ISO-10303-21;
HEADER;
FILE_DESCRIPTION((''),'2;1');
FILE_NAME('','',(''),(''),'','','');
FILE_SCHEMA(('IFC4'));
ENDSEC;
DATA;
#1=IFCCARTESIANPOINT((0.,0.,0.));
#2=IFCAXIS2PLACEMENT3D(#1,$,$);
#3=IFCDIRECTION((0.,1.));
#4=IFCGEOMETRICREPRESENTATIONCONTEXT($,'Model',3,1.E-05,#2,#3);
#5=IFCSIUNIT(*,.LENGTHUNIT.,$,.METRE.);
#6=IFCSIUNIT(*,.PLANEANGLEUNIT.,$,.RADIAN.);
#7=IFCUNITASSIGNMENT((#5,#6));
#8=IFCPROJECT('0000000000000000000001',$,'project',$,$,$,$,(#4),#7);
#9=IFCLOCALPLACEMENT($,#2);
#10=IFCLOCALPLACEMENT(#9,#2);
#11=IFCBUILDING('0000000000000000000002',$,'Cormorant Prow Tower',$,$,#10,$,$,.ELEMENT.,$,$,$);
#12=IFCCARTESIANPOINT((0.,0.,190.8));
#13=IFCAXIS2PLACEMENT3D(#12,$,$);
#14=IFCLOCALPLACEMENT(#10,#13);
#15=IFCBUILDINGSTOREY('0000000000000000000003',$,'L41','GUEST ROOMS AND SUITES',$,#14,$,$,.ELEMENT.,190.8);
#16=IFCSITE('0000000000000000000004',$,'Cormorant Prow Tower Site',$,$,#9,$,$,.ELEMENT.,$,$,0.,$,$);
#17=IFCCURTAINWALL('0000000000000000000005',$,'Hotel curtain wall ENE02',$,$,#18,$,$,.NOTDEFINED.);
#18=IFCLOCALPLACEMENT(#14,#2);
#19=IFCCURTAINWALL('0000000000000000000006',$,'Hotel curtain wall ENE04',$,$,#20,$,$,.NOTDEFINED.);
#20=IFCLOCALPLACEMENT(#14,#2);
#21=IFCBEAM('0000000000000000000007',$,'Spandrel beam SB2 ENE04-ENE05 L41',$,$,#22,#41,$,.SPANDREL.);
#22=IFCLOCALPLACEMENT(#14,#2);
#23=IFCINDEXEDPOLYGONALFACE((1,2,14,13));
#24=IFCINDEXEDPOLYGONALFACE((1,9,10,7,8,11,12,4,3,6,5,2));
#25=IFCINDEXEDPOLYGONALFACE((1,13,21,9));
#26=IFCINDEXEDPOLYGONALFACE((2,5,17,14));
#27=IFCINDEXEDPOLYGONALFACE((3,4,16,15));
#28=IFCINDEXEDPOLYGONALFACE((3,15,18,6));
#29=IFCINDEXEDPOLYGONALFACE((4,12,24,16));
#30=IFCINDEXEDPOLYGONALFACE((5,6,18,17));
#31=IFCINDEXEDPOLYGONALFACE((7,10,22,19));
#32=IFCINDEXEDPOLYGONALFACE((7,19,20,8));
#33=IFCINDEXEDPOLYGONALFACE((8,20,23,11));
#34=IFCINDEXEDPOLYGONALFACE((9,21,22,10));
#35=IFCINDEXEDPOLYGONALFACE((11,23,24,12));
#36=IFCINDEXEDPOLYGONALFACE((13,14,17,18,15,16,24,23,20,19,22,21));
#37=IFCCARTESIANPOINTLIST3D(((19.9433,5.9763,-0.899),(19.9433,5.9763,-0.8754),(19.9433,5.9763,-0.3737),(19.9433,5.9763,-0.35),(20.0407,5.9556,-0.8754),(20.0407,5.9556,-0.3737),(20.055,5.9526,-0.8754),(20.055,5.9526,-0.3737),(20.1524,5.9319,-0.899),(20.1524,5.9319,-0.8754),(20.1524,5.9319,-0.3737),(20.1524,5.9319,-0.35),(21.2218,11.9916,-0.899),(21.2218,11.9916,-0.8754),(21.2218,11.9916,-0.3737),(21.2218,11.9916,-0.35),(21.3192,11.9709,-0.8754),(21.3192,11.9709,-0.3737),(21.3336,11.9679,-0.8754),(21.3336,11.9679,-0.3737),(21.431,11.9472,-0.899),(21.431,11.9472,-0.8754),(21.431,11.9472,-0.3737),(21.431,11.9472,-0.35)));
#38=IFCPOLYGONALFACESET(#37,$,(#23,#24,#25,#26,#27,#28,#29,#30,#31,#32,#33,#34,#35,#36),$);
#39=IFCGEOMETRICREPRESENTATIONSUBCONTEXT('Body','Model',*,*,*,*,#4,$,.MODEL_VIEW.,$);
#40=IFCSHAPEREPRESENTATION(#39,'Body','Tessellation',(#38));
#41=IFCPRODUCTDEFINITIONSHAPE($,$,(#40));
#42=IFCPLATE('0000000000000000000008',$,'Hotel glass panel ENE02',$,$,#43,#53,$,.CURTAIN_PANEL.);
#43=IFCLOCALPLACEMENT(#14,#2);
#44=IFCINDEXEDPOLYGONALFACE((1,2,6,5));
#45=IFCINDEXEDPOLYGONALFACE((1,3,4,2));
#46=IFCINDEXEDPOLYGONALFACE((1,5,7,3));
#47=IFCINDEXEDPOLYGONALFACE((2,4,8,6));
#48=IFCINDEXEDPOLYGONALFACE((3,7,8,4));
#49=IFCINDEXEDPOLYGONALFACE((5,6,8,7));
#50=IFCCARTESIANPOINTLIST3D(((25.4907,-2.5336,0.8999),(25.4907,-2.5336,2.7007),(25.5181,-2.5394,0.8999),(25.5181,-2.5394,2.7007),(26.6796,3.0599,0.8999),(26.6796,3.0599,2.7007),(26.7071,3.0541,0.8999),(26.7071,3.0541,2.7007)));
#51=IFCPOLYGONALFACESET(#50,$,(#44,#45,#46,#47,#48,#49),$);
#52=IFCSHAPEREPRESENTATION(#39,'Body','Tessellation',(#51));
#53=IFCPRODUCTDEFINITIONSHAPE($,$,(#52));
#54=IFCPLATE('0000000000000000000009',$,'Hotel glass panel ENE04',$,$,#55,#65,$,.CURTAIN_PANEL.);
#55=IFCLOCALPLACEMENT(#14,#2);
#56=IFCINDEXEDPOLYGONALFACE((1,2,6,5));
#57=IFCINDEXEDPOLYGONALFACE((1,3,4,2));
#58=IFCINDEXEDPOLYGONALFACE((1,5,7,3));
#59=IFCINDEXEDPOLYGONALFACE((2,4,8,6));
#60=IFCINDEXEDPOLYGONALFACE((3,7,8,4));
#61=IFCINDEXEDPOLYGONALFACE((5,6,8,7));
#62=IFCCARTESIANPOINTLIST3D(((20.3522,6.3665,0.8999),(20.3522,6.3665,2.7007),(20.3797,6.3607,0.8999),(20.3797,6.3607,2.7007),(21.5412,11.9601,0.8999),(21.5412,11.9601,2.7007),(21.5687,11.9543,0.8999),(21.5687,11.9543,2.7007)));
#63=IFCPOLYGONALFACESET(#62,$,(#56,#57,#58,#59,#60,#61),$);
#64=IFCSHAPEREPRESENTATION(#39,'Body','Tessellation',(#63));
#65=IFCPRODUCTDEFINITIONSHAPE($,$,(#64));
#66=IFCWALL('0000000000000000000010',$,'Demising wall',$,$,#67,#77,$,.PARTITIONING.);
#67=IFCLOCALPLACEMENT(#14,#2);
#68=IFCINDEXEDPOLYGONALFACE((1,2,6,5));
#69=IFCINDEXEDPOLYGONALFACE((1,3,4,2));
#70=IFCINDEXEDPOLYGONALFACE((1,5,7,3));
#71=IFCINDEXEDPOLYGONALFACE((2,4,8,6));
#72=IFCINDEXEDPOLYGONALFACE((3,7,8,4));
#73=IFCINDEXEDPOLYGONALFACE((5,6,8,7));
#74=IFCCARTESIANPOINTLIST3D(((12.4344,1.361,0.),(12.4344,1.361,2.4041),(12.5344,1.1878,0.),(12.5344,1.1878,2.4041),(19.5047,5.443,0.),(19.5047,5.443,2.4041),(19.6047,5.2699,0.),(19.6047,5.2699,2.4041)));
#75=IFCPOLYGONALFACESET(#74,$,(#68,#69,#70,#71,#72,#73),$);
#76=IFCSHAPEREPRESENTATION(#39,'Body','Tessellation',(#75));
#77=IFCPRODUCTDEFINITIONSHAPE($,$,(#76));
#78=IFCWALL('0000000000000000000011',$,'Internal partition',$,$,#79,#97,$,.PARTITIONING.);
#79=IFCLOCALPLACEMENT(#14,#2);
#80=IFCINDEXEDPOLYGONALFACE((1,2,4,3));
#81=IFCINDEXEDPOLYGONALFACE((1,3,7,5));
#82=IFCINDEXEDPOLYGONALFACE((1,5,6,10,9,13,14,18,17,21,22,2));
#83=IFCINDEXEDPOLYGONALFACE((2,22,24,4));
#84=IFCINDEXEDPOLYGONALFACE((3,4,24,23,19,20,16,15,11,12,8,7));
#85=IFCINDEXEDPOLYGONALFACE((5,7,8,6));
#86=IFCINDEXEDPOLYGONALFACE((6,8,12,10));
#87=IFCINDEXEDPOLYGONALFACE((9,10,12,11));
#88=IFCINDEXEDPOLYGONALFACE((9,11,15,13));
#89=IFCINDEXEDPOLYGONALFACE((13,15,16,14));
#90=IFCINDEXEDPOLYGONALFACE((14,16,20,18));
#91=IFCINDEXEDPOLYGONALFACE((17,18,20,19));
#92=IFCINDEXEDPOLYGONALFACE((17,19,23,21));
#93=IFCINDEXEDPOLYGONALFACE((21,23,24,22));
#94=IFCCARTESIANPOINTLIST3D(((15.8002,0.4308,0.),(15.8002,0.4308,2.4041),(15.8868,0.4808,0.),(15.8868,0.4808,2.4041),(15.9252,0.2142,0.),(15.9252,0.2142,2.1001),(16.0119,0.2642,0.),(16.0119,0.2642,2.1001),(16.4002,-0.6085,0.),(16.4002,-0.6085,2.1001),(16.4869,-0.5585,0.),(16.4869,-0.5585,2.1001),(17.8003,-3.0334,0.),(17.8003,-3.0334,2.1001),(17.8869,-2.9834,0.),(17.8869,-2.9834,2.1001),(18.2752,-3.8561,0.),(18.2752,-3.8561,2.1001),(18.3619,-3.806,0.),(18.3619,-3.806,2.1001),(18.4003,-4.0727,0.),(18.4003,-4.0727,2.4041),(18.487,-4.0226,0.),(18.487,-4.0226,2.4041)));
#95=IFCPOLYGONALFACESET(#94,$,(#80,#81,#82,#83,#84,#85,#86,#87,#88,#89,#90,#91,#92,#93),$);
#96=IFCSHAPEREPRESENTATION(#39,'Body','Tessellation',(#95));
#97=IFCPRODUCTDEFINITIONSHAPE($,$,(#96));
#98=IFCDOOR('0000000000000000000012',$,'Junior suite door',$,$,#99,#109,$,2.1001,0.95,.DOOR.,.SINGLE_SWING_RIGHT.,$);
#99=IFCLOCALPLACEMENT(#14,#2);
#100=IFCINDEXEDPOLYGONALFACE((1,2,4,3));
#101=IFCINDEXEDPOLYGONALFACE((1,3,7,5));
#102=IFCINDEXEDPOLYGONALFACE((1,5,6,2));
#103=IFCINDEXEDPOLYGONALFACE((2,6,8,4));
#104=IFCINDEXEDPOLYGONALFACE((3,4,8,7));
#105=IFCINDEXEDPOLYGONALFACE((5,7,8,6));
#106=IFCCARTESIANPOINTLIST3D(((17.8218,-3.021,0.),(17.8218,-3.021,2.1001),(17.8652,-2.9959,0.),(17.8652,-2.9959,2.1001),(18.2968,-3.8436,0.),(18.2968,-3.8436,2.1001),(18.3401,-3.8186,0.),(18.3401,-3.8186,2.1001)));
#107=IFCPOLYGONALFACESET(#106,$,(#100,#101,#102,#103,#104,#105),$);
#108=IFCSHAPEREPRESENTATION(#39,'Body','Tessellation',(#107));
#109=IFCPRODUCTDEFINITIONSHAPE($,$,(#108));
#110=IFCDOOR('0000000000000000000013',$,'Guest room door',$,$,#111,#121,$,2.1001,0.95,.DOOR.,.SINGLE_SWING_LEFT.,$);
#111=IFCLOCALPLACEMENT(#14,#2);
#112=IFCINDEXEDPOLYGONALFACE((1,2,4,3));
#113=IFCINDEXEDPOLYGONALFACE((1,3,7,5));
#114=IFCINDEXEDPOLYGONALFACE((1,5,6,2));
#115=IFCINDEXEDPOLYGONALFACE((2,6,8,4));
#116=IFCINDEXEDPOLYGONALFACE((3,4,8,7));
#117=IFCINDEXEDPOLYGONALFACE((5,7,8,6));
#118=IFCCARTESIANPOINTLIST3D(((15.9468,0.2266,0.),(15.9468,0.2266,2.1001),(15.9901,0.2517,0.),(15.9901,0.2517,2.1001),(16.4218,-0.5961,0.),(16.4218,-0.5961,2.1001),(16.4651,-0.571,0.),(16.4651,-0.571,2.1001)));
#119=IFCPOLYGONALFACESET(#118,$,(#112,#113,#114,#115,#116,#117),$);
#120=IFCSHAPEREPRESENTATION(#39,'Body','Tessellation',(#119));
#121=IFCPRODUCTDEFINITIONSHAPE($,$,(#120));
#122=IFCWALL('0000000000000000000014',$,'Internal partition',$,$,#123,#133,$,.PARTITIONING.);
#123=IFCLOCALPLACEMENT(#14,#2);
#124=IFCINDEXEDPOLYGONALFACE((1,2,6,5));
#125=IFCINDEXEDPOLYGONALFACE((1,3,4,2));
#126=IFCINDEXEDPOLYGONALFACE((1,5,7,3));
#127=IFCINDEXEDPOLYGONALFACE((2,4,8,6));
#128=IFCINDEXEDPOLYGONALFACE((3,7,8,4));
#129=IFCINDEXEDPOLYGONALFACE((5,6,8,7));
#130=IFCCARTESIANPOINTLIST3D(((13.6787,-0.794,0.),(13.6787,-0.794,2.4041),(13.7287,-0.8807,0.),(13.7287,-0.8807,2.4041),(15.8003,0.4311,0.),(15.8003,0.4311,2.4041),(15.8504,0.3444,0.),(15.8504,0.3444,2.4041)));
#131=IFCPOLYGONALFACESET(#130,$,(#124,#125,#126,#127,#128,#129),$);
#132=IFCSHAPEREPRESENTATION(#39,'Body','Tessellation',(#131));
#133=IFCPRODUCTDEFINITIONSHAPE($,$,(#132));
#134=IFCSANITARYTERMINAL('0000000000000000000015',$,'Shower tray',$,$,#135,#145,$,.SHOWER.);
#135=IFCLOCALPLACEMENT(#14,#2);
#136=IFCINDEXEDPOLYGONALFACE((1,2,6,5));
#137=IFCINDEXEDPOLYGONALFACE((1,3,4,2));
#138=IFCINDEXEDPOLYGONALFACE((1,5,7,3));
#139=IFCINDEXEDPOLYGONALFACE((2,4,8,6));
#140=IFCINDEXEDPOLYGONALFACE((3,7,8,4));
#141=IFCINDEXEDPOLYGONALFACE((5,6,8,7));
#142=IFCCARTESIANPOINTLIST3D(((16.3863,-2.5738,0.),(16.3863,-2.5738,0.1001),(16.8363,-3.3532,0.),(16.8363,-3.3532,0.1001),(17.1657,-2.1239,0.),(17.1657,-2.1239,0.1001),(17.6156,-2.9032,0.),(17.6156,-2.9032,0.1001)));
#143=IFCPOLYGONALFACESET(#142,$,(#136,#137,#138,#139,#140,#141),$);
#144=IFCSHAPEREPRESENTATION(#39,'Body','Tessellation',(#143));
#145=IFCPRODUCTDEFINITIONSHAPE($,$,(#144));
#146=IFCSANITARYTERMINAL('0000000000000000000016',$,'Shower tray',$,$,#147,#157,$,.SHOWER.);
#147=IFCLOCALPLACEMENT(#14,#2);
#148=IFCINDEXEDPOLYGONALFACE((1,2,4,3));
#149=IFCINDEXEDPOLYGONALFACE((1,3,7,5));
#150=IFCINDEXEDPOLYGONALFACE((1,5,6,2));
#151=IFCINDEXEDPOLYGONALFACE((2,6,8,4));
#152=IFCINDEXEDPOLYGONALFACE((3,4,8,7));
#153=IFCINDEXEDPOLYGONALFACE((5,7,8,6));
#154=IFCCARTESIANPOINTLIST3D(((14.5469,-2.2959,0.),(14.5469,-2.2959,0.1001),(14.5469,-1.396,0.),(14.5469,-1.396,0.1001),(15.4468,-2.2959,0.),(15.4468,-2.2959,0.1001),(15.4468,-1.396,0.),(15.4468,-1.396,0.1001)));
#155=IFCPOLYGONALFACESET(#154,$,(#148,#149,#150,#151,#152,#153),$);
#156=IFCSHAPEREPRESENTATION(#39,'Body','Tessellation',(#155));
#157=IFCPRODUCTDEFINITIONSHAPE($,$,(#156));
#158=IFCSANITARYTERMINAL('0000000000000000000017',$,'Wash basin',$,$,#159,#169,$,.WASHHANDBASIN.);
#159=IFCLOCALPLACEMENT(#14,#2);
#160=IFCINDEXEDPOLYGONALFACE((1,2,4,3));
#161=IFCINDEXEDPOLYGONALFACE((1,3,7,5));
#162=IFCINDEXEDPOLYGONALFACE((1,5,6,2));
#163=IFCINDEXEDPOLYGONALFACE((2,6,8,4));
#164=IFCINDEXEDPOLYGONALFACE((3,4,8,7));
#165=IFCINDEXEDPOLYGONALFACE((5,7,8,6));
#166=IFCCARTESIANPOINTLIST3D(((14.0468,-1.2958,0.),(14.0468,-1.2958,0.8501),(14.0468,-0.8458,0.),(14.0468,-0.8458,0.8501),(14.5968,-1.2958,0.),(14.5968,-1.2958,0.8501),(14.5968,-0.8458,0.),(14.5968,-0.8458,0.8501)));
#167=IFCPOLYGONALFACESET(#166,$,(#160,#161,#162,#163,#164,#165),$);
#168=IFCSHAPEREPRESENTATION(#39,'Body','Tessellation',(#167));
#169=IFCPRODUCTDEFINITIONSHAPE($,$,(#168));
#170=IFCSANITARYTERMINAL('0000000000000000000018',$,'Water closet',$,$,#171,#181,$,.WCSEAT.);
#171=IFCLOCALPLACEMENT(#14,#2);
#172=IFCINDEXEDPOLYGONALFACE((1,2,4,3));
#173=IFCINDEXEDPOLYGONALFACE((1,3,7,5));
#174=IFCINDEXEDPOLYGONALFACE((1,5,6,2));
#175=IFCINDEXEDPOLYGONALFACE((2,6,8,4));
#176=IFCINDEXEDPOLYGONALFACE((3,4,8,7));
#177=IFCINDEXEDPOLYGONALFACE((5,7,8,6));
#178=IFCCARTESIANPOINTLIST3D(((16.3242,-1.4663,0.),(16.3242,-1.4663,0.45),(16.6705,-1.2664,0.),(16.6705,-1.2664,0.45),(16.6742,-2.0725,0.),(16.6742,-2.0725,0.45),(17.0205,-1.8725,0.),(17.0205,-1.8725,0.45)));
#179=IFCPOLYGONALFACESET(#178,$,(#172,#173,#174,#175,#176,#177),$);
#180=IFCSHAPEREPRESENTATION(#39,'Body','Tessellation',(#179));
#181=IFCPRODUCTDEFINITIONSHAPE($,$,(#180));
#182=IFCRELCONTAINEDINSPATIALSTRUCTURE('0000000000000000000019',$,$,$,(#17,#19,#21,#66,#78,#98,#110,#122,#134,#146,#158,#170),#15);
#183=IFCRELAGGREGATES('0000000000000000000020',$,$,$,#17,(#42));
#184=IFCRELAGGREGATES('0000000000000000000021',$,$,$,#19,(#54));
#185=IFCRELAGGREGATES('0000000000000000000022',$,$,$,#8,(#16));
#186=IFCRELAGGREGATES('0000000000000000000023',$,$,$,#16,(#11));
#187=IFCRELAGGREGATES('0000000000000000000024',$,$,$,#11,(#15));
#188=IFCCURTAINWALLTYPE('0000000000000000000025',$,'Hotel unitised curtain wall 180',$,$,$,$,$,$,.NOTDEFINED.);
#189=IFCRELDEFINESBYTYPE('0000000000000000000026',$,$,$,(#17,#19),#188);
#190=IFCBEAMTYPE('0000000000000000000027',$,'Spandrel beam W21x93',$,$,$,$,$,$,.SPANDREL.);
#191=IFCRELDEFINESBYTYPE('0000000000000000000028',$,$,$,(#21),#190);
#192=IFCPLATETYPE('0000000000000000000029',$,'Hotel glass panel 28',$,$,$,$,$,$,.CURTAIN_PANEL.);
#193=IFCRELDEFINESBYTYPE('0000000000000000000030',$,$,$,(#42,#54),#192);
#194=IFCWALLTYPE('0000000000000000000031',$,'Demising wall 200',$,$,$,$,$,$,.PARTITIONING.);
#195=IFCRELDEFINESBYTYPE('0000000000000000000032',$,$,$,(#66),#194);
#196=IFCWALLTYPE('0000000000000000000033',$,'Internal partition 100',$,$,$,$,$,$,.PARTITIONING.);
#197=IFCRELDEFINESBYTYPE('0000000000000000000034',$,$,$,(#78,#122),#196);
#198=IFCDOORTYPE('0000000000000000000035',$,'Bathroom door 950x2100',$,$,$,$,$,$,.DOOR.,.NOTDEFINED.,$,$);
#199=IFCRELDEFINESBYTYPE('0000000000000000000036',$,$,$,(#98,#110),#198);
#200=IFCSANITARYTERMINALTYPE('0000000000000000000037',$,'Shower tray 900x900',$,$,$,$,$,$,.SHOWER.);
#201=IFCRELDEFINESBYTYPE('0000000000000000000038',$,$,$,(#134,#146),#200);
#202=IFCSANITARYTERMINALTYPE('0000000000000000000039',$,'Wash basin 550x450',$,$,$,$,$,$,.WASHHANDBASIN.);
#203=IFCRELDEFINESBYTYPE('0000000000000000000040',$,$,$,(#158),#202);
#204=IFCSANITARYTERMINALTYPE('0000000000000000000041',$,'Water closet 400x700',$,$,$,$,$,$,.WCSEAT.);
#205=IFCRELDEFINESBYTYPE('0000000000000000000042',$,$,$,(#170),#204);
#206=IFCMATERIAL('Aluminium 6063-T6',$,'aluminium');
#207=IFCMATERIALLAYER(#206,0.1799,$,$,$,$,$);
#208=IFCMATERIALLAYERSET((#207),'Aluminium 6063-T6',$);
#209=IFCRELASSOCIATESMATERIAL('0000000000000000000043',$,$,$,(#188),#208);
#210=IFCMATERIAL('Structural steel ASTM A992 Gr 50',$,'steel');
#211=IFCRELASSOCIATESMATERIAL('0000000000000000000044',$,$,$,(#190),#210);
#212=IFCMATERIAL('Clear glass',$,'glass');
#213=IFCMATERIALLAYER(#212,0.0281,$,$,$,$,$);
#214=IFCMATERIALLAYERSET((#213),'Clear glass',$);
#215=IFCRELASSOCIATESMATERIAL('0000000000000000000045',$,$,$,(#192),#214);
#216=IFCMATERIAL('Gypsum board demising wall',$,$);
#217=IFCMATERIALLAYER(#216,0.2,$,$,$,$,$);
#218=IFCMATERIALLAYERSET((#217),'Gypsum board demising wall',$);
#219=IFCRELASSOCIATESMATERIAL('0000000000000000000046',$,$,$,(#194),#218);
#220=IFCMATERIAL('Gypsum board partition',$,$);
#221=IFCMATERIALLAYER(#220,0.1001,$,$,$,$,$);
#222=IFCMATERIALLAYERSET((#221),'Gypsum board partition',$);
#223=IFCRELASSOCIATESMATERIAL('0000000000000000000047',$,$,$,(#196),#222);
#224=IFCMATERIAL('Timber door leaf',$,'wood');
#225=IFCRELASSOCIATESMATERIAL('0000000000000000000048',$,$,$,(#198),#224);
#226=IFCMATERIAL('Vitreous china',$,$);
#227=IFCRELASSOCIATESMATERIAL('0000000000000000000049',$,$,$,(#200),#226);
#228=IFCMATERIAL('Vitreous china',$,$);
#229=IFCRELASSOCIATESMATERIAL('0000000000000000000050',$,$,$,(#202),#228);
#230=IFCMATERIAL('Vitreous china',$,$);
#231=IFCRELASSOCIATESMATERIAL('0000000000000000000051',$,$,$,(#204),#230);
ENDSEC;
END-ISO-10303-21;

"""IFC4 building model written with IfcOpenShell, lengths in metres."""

from ifc_helpers import new_model, si_unit, direction, frame, frame_2d, origin, origin_2d, place, context, subcontext, project, spatial, rectangle, i_section, extrude, material, layer, layer_set, material_profile, profile_set, type_object, element, fill, aggregate, save


model = new_model("IFC4")

# Units and contexts
model_context = context("Model", 3, precision=1e-05, world=origin(), true_north=direction((0.0, 1.0)))
body_context = subcontext(model_context, "Body", "Model", "MODEL_VIEW")
ifc_project = project(units=[si_unit("LENGTHUNIT", "METRE"), si_unit("PLANEANGLEUNIT", "RADIAN")], contexts=[model_context])

# Site, building, storey
site_placement = place(None, origin())
site = spatial("IfcSite", under=ifc_project, at=site_placement, Name="Cormorant Prow Tower Site", CompositionType="ELEMENT", RefElevation=0.0)
building_placement = place(site_placement, origin())
building = spatial("IfcBuilding", under=site, at=building_placement, Name="Cormorant Prow Tower", CompositionType="ELEMENT")
storey_placement = place(building_placement, frame((0.0, 0.0, 190.8)))
storey = spatial("IfcBuildingStorey", under=building, at=storey_placement, Name="L41", Description="GUEST ROOMS AND SUITES", CompositionType="ELEMENT", Elevation=190.8)

# Curtain walls
ifc_material_1 = material(Name="Aluminium 6063-T6", Category="aluminium")
ifc_layer_1 = layer(ifc_material_1, 0.1799)
ifc_layer_set_1 = layer_set([ifc_layer_1], Name="Aluminium 6063-T6")
curtain_wall_type = type_object("IfcCurtainWallType", Name="Hotel unitised curtain wall 180", PredefinedType="NOTDEFINED", material=ifc_layer_set_1)
curtain_wall_1_placement = place(storey_placement, origin())
curtain_wall_1 = element("IfcCurtainWall", 1, at=curtain_wall_1_placement, inside=storey, type_object=curtain_wall_type, Name="Hotel curtain wall ENE02", PredefinedType="NOTDEFINED")
curtain_wall_2_placement = place(storey_placement, origin())
curtain_wall_2 = element("IfcCurtainWall", 2, at=curtain_wall_2_placement, inside=storey, type_object=curtain_wall_type, Name="Hotel curtain wall ENE04", PredefinedType="NOTDEFINED")

# Beam
ifc_material_2 = material(Name="Structural steel ASTM A992 Gr 50", Category="steel")
ifc_material_profile_1 = material_profile(ifc_material_2, i_section(OverallWidth=0.2139, OverallDepth=0.5491, WebThickness=0.0146, FlangeThickness=0.0237, at=origin_2d()), Name="W21x93")
ifc_profile_set_1 = profile_set([ifc_material_profile_1], Name="Structural steel ASTM A992 Gr 50")
beam_type_1 = type_object("IfcBeamType", Name="Spandrel beam W21x93", PredefinedType="SPANDREL", material=ifc_profile_set_1)
beam_1_placement = place(storey_placement, frame((20.0479, 5.9541, -0.6245), z_axis=(0.207905, 0.978149, 0.0), x_axis=(-0.978149, 0.207905, 0.0)))
element("IfcBeam", 3, at=beam_1_placement, inside=storey, type_object=beam_type_1, Name="Spandrel beam SB2 ENE04-ENE05 L41", PredefinedType="SPANDREL", context=body_context, shape_type="SweptSolid", body=[
    extrude(i_section(OverallWidth=0.2139, OverallDepth=0.5491, WebThickness=0.0146, FlangeThickness=0.0237, at=origin_2d()), origin(), (0.0, 0.0, 1.0), 6.1497),
])

# Plates
ifc_material_3 = material(Name="Clear glass", Category="glass")
ifc_layer_2 = layer(ifc_material_3, 0.0281)
ifc_layer_set_2 = layer_set([ifc_layer_2], Name="Clear glass")
plate_type = type_object("IfcPlateType", Name="Hotel glass panel 28", PredefinedType="CURTAIN_PANEL", material=ifc_layer_set_2)
plate_1_placement = place(storey_placement, frame((26.0989, 0.2603, 0.8999), z_axis=(0.0, 0.0, 1.0), x_axis=(0.207912, 0.978148, 0.0)))
plate_1 = element("IfcPlate", 4, at=plate_1_placement, type_object=plate_type, Name="Hotel glass panel ENE02", PredefinedType="CURTAIN_PANEL", context=body_context, shape_type="SweptSolid", body=[
    extrude(rectangle(XDim=5.7185, YDim=0.0281, at=origin_2d()), origin(), (0.0, 0.0, 1.0), 1.8008),
])
aggregate(curtain_wall_1, [plate_1])
plate_2_placement = place(storey_placement, frame((20.9604, 9.1604, 0.8999), z_axis=(0.0, 0.0, 1.0), x_axis=(0.207912, 0.978148, 0.0)))
plate_2 = element("IfcPlate", 5, at=plate_2_placement, type_object=plate_type, Name="Hotel glass panel ENE04", PredefinedType="CURTAIN_PANEL", context=body_context, shape_type="SweptSolid", body=[
    extrude(rectangle(XDim=5.7185, YDim=0.0281, at=origin_2d()), origin(), (0.0, 0.0, 1.0), 1.8008),
])
aggregate(curtain_wall_2, [plate_2])

# Wall
ifc_material_4 = material(Name="Gypsum board demising wall")
ifc_layer_3 = layer(ifc_material_4, 0.2)
ifc_layer_set_3 = layer_set([ifc_layer_3], Name="Gypsum board demising wall")
wall_type_1 = type_object("IfcWallType", Name="Demising wall 200", PredefinedType="PARTITIONING", material=ifc_layer_set_3)
wall_1_placement = place(storey_placement, frame((12.4844, 1.2744, 0.0), z_axis=(0.0, 0.0, 1.0), x_axis=(0.866026, 0.499999, 0.0)))
element("IfcWall", 6, at=wall_1_placement, inside=storey, type_object=wall_type_1, Name="Demising wall", PredefinedType="PARTITIONING", context=body_context, shape_type="SweptSolid", body=[
    extrude(rectangle(XDim=8.1641, YDim=0.2, at=frame_2d((4.082, 0.0))), origin(), (0.0, 0.0, 1.0), 2.4041),
])

# Wall, openings, doors
ifc_material_5 = material(Name="Gypsum board partition")
ifc_layer_4 = layer(ifc_material_5, 0.1001)
ifc_layer_set_4 = layer_set([ifc_layer_4], Name="Gypsum board partition")
wall_type_2 = type_object("IfcWallType", Name="Internal partition 100", PredefinedType="PARTITIONING", material=ifc_layer_set_4)
wall_2_placement = place(storey_placement, frame((15.8435, 0.4558, 0.0), z_axis=(0.0, 0.0, 1.0), x_axis=(0.500007, -0.866021, 0.0)))
wall_2 = element("IfcWall", 7, at=wall_2_placement, inside=storey, type_object=wall_type_2, Name="Internal partition", PredefinedType="PARTITIONING", context=body_context, shape_type="SweptSolid", body=[
    extrude(rectangle(XDim=5.2002, YDim=0.1001, at=frame_2d((2.6001, 0.0))), origin(), (0.0, 0.0, 1.0), 2.4041),
])
opening_1_placement = place(wall_2_placement, frame((4.0, 0.0, 0.0)))
opening_1 = element("IfcOpeningElement", 8, at=opening_1_placement, cuts=wall_2, PredefinedType="OPENING", context=body_context, shape_type="SweptSolid", body=[
    extrude(rectangle(XDim=0.95, YDim=2.1001, at=frame_2d((0.4751, 1.05))), frame((0.0, 0.0601, 0.0), z_axis=(0.0, -1.0, 0.0), x_axis=(1.0, 0.0, 0.0)), (0.0, 0.0, 1.0), 0.1201),
])
opening_2_placement = place(wall_2_placement, frame((0.25, 0.0, 0.0)))
opening_2 = element("IfcOpeningElement", 9, at=opening_2_placement, cuts=wall_2, PredefinedType="OPENING", context=body_context, shape_type="SweptSolid", body=[
    extrude(rectangle(XDim=0.95, YDim=2.1001, at=frame_2d((0.4751, 1.05))), frame((0.0, 0.0601, 0.0), z_axis=(0.0, -1.0, 0.0), x_axis=(1.0, 0.0, 0.0)), (0.0, 0.0, 1.0), 0.1201),
])
ifc_material_6 = material(Name="Timber door leaf", Category="wood")
door_type_1 = type_object("IfcDoorType", Name="Bathroom door 950x2100", OperationType="NOTDEFINED", PredefinedType="DOOR", material=ifc_material_6)
door_1_placement = place(opening_1_placement, origin())
door_1 = element("IfcDoor", 10, at=door_1_placement, inside=storey, type_object=door_type_1, Name="Junior suite door", OperationType="SINGLE_SWING_RIGHT", OverallHeight=2.1001, OverallWidth=0.95, PredefinedType="DOOR", context=body_context, shape_type="SweptSolid", body=[
    extrude(rectangle(XDim=0.95, YDim=2.1001, at=frame_2d((0.4751, 1.05))), frame((0.0, 0.0249, 0.0), z_axis=(0.0, -1.0, 0.0), x_axis=(1.0, 0.0, 0.0)), (0.0, 0.0, 1.0), 0.05),
])
fill(opening_1, door_1)
door_2_placement = place(opening_2_placement, origin())
door_2 = element("IfcDoor", 11, at=door_2_placement, inside=storey, type_object=door_type_1, Name="Guest room door", OperationType="SINGLE_SWING_LEFT", OverallHeight=2.1001, OverallWidth=0.95, PredefinedType="DOOR", context=body_context, shape_type="SweptSolid", body=[
    extrude(rectangle(XDim=0.95, YDim=2.1001, at=frame_2d((0.4751, 1.05))), frame((0.0, 0.0249, 0.0), z_axis=(0.0, -1.0, 0.0), x_axis=(1.0, 0.0, 0.0)), (0.0, 0.0, 1.0), 0.05),
])
fill(opening_2, door_2)

# Wall
wall_3_placement = place(storey_placement, frame((13.7036, -0.8374, 0.0), z_axis=(0.0, 0.0, 1.0), x_axis=(0.86599, 0.500062, 0.0)))
element("IfcWall", 12, at=wall_3_placement, inside=storey, type_object=wall_type_2, Name="Internal partition", PredefinedType="PARTITIONING", context=body_context, shape_type="SweptSolid", body=[
    extrude(rectangle(XDim=2.45, YDim=0.1001, at=frame_2d((1.2251, 0.0))), origin(), (0.0, 0.0, 1.0), 2.4041),
])

# Sanitary terminals
ifc_material_7 = material(Name="Vitreous china")
sanitary_terminal_type_1 = type_object("IfcSanitaryTerminalType", Name="Shower tray 900x900", PredefinedType="SHOWER", material=ifc_material_7)
for number, where, z_axis, x_axis, name in (
    (13, (17.001, -2.7385, 0.0), (0.0, 0.0, 1.0), (0.5, -0.866025, 0.0), "Shower tray"),
    (14, (14.9968, -1.8459, 0.0), (0.0, 0.0, 1.0), (1.0, 0.0, 0.0), "Shower tray"),
):
    element("IfcSanitaryTerminal", number, at=place(storey_placement, frame(where, z_axis=z_axis, x_axis=x_axis)), inside=storey, type_object=sanitary_terminal_type_1, Name=name, PredefinedType="SHOWER", context=body_context, shape_type="SweptSolid", body=[
        extrude(rectangle(XDim=0.8999, YDim=0.8999, at=origin_2d()), origin(), (0.0, 0.0, 1.0), 0.1001),
    ])
ifc_material_8 = material(Name="Vitreous china")
sanitary_terminal_type_2 = type_object("IfcSanitaryTerminalType", Name="Wash basin 550x450", PredefinedType="WASHHANDBASIN", material=ifc_material_8)
sanitary_terminal_1_placement = place(storey_placement, frame((14.3218, -1.0708, 0.0), z_axis=(0.0, 0.0, 1.0), x_axis=(1.0, 0.0, 0.0)))
element("IfcSanitaryTerminal", 15, at=sanitary_terminal_1_placement, inside=storey, type_object=sanitary_terminal_type_2, Name="Wash basin", PredefinedType="WASHHANDBASIN", context=body_context, shape_type="SweptSolid", body=[
    extrude(rectangle(XDim=0.55, YDim=0.45, at=origin_2d()), origin(), (0.0, 0.0, 1.0), 0.8501),
])
ifc_material_9 = material(Name="Vitreous china")
sanitary_terminal_type_3 = type_object("IfcSanitaryTerminalType", Name="Water closet 400x700", PredefinedType="WCSEAT", material=ifc_material_9)
sanitary_terminal_2_placement = place(storey_placement, frame((16.6724, -1.6694, 0.0), z_axis=(0.0, 0.0, 1.0), x_axis=(-0.866025, -0.5, 0.0)))
element("IfcSanitaryTerminal", 16, at=sanitary_terminal_2_placement, inside=storey, type_object=sanitary_terminal_type_3, Name="Water closet", PredefinedType="WCSEAT", context=body_context, shape_type="SweptSolid", body=[
    extrude(rectangle(XDim=0.3999, YDim=0.7, at=origin_2d()), origin(), (0.0, 0.0, 1.0), 0.45),
])

save(model, "model.ifc")
